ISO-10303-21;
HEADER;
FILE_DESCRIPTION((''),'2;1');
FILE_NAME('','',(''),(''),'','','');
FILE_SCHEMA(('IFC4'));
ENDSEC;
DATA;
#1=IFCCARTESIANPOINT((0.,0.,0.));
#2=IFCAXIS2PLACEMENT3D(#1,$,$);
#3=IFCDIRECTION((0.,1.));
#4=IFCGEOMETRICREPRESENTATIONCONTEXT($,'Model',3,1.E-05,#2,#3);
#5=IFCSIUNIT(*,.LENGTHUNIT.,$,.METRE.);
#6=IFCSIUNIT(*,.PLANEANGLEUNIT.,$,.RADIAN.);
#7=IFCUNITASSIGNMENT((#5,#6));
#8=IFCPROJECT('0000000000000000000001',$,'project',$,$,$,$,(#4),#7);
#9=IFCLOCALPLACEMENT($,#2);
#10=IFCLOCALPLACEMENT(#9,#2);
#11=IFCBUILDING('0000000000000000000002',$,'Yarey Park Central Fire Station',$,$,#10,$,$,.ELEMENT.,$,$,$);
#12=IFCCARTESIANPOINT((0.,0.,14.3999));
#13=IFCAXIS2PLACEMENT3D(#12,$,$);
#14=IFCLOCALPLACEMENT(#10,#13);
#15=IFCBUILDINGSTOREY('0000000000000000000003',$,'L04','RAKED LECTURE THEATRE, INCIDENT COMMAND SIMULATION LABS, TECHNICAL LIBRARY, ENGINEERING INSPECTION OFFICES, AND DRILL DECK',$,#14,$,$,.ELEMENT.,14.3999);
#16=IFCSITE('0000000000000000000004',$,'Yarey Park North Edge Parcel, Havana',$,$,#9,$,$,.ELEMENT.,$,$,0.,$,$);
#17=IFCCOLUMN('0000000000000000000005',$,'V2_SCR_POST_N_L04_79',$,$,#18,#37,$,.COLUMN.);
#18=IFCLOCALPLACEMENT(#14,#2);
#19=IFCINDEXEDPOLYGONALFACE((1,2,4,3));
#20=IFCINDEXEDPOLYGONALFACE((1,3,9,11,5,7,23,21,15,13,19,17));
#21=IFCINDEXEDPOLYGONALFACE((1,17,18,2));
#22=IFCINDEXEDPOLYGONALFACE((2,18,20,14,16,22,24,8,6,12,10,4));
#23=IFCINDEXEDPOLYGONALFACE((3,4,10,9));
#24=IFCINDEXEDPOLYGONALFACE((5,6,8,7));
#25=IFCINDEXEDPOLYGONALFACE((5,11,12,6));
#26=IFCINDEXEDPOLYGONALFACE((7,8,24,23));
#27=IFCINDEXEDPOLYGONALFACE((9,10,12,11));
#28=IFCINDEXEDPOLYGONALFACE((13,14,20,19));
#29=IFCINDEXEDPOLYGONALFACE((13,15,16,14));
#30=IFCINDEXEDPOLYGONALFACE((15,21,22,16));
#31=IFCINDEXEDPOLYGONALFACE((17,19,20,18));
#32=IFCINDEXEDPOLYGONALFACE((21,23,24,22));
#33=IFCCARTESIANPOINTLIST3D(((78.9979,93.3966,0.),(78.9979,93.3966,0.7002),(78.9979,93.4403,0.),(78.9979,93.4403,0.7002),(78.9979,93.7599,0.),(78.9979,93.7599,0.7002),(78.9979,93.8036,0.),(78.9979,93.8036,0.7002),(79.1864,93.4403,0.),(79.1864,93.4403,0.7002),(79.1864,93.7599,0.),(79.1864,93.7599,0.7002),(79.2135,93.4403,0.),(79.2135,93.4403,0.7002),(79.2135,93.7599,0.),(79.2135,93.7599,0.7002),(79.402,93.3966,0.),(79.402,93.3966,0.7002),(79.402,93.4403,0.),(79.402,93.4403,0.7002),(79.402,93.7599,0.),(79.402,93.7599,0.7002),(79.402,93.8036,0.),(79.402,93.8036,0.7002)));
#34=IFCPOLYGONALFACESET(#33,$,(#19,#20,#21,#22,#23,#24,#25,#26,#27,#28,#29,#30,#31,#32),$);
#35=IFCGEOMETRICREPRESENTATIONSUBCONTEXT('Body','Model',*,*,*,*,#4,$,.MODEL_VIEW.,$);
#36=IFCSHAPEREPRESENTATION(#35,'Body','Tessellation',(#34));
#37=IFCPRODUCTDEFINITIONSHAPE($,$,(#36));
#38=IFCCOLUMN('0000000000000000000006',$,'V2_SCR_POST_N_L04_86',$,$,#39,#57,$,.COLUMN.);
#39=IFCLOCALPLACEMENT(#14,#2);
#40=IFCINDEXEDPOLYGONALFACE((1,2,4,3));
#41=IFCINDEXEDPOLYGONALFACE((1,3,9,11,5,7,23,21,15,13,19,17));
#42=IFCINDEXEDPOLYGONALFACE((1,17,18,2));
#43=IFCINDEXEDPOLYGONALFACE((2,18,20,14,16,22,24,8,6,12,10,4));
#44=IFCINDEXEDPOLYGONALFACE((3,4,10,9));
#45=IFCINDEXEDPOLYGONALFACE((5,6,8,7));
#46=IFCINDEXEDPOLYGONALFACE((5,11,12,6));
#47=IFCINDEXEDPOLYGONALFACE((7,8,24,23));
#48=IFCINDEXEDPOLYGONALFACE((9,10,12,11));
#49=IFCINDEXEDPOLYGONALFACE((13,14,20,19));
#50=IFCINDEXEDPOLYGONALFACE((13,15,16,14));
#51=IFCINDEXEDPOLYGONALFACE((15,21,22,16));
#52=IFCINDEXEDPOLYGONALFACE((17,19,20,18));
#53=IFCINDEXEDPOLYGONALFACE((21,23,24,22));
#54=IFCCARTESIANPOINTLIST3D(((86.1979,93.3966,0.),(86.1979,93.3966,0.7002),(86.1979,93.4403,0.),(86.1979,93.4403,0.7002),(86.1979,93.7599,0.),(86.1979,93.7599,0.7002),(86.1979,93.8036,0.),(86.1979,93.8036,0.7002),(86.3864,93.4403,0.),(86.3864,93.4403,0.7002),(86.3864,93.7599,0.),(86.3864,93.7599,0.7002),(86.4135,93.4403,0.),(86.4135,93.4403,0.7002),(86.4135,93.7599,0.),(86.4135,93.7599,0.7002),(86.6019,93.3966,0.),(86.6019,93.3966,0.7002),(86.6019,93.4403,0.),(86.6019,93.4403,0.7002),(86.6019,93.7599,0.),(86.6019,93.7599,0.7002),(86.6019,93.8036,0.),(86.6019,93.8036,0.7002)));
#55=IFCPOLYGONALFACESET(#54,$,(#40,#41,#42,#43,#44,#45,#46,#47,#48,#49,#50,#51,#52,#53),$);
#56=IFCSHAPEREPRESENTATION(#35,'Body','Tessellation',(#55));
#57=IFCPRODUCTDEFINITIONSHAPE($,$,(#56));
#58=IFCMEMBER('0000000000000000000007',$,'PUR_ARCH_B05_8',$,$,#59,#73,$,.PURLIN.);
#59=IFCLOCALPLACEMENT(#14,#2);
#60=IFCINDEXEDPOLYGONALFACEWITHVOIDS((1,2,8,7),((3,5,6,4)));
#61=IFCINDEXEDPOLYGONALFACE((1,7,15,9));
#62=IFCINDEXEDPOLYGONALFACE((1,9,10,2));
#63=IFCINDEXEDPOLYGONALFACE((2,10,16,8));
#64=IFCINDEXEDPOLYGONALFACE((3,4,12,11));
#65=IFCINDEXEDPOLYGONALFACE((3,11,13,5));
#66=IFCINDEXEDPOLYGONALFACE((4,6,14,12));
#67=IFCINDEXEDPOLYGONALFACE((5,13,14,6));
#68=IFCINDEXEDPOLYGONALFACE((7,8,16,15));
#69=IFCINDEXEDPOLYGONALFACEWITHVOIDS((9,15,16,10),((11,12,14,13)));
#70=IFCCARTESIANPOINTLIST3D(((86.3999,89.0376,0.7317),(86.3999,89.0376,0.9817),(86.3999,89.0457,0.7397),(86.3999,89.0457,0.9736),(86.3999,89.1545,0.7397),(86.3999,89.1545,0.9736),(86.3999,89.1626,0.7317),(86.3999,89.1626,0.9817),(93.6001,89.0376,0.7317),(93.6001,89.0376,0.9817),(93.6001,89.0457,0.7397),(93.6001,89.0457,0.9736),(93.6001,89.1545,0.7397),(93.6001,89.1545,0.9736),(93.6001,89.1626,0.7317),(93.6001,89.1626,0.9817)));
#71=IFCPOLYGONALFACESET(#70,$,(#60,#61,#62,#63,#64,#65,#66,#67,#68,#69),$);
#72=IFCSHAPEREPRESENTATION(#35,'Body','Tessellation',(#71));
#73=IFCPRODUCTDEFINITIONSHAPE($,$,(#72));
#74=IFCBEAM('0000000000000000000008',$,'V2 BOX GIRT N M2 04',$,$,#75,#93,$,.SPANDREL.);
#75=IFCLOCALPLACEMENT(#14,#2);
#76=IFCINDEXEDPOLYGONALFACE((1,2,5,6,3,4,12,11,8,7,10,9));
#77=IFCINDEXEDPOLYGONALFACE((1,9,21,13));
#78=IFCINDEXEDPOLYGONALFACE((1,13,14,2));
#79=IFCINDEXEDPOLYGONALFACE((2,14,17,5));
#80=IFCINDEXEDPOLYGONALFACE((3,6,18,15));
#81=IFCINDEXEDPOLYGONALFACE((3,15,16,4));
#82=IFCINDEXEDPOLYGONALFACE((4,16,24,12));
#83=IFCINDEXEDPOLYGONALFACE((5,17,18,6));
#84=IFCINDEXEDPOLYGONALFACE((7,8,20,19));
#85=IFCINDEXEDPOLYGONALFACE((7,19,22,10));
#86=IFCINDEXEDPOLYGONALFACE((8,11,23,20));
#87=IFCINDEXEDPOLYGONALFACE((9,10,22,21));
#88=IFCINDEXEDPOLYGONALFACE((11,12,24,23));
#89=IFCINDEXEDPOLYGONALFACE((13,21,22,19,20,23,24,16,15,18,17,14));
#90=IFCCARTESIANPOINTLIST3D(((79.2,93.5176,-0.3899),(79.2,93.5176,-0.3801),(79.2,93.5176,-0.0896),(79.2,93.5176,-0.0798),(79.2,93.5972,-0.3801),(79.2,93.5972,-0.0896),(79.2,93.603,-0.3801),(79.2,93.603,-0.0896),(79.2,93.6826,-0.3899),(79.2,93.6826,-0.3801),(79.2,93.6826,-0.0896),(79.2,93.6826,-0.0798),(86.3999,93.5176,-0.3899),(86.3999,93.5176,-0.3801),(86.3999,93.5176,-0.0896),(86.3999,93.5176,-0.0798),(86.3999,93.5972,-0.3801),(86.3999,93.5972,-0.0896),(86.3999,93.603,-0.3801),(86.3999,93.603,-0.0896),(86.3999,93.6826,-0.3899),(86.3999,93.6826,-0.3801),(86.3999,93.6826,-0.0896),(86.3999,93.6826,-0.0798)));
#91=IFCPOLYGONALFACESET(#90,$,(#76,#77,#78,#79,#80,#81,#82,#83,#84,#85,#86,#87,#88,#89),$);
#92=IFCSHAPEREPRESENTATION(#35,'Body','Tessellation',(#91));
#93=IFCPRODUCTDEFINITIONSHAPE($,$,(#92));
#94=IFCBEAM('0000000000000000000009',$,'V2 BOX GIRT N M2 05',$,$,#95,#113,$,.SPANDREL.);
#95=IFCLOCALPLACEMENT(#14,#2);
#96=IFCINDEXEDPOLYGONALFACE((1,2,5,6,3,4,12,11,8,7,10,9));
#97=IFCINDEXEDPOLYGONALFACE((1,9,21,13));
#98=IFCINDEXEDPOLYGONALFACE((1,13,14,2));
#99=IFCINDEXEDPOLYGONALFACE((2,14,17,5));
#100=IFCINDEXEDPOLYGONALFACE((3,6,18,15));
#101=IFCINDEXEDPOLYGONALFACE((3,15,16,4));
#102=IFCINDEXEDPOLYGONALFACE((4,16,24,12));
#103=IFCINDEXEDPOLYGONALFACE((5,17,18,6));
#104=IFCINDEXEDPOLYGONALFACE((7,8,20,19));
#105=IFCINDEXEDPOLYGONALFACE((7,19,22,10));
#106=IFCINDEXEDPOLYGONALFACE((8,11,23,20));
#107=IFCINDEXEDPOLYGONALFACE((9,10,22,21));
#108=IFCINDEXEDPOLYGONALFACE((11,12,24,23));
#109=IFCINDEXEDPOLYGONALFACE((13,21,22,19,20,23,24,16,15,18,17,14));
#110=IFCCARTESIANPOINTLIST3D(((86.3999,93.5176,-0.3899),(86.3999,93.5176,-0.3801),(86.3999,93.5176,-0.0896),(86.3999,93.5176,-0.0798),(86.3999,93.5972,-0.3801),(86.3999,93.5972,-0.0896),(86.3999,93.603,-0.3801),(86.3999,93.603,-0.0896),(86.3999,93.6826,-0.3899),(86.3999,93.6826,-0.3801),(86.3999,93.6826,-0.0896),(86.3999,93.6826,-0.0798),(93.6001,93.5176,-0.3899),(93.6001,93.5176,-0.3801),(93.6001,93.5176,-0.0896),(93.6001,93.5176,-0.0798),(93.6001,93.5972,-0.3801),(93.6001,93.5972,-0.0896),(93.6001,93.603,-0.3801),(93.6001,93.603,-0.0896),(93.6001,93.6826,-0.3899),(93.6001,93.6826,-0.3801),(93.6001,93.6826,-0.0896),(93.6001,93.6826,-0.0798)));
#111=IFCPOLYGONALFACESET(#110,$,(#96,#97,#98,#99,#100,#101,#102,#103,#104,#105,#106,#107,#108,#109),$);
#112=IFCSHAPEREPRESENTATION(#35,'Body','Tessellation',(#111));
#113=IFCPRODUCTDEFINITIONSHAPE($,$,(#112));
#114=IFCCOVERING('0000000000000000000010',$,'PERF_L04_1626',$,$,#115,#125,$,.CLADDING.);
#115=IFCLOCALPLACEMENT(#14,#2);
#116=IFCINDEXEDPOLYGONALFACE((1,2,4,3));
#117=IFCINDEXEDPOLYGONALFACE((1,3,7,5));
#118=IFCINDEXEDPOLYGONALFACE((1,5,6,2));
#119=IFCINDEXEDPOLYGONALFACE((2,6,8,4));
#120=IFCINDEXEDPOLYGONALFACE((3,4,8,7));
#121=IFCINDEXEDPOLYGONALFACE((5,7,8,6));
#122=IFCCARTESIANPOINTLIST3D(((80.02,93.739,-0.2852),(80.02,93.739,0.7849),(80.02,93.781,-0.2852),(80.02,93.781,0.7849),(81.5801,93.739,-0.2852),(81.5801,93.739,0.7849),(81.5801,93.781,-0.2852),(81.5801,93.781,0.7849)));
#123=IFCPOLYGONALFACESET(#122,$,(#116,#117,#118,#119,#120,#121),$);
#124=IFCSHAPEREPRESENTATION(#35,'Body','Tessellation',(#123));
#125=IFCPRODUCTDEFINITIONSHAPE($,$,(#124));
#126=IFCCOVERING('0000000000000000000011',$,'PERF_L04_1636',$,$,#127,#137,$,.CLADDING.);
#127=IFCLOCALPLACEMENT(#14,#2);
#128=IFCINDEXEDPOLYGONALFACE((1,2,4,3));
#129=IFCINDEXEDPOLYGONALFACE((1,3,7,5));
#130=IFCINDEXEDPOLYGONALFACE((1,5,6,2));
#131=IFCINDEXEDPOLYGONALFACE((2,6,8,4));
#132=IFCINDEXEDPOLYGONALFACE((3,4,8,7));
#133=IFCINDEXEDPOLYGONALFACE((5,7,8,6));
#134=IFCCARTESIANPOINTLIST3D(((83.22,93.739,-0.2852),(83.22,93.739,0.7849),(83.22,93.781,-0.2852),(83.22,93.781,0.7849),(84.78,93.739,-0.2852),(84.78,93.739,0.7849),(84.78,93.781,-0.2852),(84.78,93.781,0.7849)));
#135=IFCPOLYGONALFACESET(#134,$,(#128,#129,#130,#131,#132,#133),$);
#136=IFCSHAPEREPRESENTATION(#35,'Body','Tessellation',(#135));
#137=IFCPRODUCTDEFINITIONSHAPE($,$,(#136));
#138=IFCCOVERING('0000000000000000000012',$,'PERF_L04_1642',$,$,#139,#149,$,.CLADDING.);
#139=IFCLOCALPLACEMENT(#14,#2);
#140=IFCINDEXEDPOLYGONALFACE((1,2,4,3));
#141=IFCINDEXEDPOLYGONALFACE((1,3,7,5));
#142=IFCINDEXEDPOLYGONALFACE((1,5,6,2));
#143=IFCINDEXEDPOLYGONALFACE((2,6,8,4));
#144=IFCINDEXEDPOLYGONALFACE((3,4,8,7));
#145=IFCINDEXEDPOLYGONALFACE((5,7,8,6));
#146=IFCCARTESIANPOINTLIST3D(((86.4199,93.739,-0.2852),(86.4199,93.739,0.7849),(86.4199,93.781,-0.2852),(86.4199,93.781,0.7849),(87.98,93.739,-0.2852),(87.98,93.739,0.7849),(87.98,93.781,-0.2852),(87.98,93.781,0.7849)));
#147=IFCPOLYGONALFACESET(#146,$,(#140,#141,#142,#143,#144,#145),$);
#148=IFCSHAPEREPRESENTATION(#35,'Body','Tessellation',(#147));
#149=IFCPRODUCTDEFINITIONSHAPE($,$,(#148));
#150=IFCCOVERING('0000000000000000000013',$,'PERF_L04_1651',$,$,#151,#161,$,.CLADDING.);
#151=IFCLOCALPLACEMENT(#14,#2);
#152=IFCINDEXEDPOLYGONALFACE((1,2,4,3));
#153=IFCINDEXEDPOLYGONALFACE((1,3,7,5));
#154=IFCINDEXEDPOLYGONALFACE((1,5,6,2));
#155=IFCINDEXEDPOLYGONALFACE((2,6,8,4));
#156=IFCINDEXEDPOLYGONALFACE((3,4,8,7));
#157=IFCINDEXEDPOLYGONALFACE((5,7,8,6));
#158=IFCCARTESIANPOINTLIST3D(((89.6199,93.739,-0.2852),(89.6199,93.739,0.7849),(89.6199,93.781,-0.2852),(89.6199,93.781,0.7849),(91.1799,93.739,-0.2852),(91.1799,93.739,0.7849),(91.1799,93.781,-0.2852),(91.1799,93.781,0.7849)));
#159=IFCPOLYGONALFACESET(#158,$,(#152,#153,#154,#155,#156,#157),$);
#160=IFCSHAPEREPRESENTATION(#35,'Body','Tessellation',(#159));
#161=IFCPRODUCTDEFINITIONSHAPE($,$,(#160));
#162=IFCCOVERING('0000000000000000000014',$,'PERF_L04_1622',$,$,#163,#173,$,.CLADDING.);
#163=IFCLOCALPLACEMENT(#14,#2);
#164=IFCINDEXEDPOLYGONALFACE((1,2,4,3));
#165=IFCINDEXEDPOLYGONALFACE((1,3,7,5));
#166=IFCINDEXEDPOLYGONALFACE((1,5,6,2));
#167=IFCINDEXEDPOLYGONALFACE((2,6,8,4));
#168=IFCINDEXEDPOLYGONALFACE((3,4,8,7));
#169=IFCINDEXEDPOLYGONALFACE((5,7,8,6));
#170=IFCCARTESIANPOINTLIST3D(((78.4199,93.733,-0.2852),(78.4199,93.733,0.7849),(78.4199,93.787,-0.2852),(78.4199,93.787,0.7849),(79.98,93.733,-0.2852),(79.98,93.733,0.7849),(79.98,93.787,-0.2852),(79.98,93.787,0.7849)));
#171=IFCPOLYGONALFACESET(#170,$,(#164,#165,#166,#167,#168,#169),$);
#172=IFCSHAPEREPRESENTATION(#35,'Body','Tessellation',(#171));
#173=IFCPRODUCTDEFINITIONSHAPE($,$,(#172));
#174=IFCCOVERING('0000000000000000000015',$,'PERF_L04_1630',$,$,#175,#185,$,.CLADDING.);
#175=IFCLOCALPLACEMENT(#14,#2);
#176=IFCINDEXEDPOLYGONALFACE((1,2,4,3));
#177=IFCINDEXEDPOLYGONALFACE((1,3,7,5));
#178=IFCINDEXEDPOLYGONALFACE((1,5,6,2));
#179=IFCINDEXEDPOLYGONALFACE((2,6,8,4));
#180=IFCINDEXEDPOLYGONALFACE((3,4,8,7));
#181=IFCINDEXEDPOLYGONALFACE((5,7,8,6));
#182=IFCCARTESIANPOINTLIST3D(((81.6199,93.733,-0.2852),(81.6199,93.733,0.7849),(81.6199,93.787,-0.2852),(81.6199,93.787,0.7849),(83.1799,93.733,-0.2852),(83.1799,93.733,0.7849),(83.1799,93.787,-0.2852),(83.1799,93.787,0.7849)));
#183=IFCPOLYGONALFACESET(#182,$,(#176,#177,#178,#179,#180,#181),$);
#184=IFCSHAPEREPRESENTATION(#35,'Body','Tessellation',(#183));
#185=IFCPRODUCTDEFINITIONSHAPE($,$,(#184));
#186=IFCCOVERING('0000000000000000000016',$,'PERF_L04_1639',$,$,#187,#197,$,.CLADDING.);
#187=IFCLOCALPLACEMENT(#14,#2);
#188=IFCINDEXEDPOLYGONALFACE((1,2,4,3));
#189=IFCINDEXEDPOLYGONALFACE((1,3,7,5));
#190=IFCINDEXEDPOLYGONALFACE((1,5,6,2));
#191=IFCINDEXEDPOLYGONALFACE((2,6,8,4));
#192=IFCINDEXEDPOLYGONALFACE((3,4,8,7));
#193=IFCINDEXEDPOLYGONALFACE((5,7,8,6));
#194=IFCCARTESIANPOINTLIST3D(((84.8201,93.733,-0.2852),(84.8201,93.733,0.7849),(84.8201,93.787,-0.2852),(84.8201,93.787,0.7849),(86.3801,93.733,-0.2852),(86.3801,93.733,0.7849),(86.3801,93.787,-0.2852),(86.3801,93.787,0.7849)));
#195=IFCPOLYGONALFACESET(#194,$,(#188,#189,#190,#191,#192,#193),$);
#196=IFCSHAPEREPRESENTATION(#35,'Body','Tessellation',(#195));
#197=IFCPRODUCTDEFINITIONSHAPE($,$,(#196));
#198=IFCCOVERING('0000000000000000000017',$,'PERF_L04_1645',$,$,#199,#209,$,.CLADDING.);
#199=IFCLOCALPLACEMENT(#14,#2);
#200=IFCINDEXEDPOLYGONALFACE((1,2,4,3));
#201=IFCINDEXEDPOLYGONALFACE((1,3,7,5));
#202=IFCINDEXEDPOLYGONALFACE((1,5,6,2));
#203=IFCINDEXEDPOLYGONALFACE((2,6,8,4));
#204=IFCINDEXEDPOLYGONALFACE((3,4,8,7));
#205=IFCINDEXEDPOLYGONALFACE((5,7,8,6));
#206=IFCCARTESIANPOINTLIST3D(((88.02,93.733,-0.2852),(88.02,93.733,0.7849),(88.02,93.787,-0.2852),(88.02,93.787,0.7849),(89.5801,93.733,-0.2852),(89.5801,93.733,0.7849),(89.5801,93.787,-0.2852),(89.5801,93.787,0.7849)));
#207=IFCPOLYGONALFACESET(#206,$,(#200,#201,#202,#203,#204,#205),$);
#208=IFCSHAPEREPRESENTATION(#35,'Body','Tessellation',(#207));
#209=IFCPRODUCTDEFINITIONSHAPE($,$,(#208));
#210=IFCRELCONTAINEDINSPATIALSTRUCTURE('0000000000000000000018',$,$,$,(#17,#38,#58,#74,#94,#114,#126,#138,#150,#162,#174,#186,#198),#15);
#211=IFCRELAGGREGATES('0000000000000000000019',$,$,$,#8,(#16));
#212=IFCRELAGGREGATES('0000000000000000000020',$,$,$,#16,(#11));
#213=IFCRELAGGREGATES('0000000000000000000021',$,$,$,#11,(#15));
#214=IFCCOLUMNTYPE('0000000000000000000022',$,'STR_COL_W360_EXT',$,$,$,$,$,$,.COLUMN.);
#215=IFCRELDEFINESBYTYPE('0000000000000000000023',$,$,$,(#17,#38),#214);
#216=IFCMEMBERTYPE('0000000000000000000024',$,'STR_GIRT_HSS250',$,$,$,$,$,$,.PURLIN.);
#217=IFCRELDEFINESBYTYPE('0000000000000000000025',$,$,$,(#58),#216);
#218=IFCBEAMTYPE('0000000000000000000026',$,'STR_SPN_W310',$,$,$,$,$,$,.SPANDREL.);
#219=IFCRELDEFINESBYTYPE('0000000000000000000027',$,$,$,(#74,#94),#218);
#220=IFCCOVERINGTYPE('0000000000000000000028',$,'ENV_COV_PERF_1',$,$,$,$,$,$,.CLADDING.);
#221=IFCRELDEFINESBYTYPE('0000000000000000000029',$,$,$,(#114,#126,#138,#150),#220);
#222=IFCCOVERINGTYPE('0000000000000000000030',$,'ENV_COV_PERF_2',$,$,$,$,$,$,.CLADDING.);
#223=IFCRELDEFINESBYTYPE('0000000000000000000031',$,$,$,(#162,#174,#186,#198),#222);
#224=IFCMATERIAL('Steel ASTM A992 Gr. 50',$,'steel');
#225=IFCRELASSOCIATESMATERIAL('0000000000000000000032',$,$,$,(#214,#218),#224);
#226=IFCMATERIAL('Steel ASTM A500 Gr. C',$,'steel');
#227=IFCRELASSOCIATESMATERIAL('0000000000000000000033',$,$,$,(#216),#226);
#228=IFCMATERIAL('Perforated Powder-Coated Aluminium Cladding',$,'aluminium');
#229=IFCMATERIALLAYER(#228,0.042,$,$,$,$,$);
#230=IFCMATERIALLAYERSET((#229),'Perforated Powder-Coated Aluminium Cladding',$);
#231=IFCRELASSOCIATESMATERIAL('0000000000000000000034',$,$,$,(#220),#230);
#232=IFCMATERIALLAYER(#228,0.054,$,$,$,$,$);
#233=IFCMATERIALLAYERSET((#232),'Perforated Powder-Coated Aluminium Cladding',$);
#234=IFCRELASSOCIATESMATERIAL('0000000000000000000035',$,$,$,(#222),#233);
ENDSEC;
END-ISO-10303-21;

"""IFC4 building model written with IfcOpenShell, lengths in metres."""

from ifc_helpers import new_model, si_unit, direction, frame, origin, origin_2d, place, context, subcontext, project, spatial, rectangle, hollow_rectangle, i_section, extrude, material, layer, layer_set, material_profile, profile_set, type_object, element, save


model = new_model("IFC4")

# Units and contexts
model_context = context("Model", 3, precision=1e-05, world=origin(), true_north=direction((0.0, 1.0)))
body_context = subcontext(model_context, "Body", "Model", "MODEL_VIEW")
ifc_project = project(units=[si_unit("LENGTHUNIT", "METRE"), si_unit("PLANEANGLEUNIT", "RADIAN")], contexts=[model_context])

# Site, building, storey
site_placement = place(None, origin())
site = spatial("IfcSite", under=ifc_project, at=site_placement, Name="Yarey Park North Edge Parcel, Havana", CompositionType="ELEMENT", RefElevation=0.0)
building_placement = place(site_placement, origin())
building = spatial("IfcBuilding", under=site, at=building_placement, Name="Yarey Park Central Fire Station", CompositionType="ELEMENT")
storey_placement = place(building_placement, frame((0.0, 0.0, 14.3999)))
storey = spatial("IfcBuildingStorey", under=building, at=storey_placement, Name="L04", Description="RAKED LECTURE THEATRE, INCIDENT COMMAND SIMULATION LABS, TECHNICAL LIBRARY, ENGINEERING INSPECTION OFFICES, AND DRILL DECK", CompositionType="ELEMENT", Elevation=14.3999)

# Columns
ifc_material_1 = material(Name="Steel ASTM A992 Gr. 50", Category="steel")
ifc_material_profile_1 = material_profile(ifc_material_1, i_section(OverallWidth=0.4041, OverallDepth=0.407, WebThickness=0.0271, FlangeThickness=0.0437, at=origin_2d()), Name="W360x347")
ifc_profile_set_1 = profile_set([ifc_material_profile_1], Name="Steel ASTM A992 Gr. 50")
column_type = type_object("IfcColumnType", Name="STR_COL_W360_EXT", PredefinedType="COLUMN", material=ifc_profile_set_1)
for number, where, z_axis, x_axis, name in (
    (1, (79.2, 93.6001, 0.0), (0.0, 0.0, 1.0), (1.0, 0.0, 0.0), "V2_SCR_POST_N_L04_79"),
    (2, (86.3999, 93.6001, 0.0), (0.0, 0.0, 1.0), (1.0, 0.0, 0.0), "V2_SCR_POST_N_L04_86"),
):
    element("IfcColumn", number, at=place(storey_placement, frame(where, z_axis=z_axis, x_axis=x_axis)), inside=storey, type_object=column_type, Name=name, PredefinedType="COLUMN", context=body_context, shape_type="SweptSolid", body=[
        extrude(i_section(OverallWidth=0.4041, OverallDepth=0.407, WebThickness=0.0271, FlangeThickness=0.0437, at=origin_2d()), origin(), (0.0, 0.0, 1.0), 0.7002),
    ])

# Member
ifc_material_2 = material(Name="Steel ASTM A500 Gr. C", Category="steel")
ifc_material_profile_2 = material_profile(ifc_material_2, hollow_rectangle(XDim=0.125, YDim=0.25, WallThickness=0.0081, at=origin_2d()), Name="HSS 250x125x8")
ifc_profile_set_2 = profile_set([ifc_material_profile_2], Name="Steel ASTM A500 Gr. C")
member_type = type_object("IfcMemberType", Name="STR_GIRT_HSS250", PredefinedType="PURLIN", material=ifc_profile_set_2)
member_placement = place(storey_placement, frame((86.3999, 89.1001, 0.8567), z_axis=(1.0, 0.0, 0.0), x_axis=(0.0, 1.0, 0.0)))
element("IfcMember", 3, at=member_placement, inside=storey, type_object=member_type, Name="PUR_ARCH_B05_8", PredefinedType="PURLIN", context=body_context, shape_type="SweptSolid", body=[
    extrude(hollow_rectangle(XDim=0.125, YDim=0.25, WallThickness=0.0081, at=origin_2d()), origin(), (0.0, 0.0, 1.0), 7.2002),
])

# Beams
ifc_material_profile_3 = material_profile(ifc_material_1, i_section(OverallWidth=0.165, OverallDepth=0.3101, WebThickness=0.0059, FlangeThickness=0.0098, at=origin_2d()), Name="W310x39")
ifc_profile_set_3 = profile_set([ifc_material_profile_3], Name="Steel ASTM A992 Gr. 50")
beam_type = type_object("IfcBeamType", Name="STR_SPN_W310", PredefinedType="SPANDREL", material=ifc_profile_set_3)
beam_1_placement = place(storey_placement, frame((79.2, 93.6001, -0.2349), z_axis=(1.0, 0.0, 0.0), x_axis=(0.0, 1.0, 0.0)))
element("IfcBeam", 4, at=beam_1_placement, inside=storey, type_object=beam_type, Name="V2 BOX GIRT N M2 04", PredefinedType="SPANDREL", context=body_context, shape_type="SweptSolid", body=[
    extrude(i_section(OverallWidth=0.165, OverallDepth=0.3101, WebThickness=0.0059, FlangeThickness=0.0098, at=origin_2d()), origin(), (0.0, 0.0, 1.0), 7.2),
])
beam_2_placement = place(storey_placement, frame((86.3999, 93.6001, -0.2349), z_axis=(1.0, 0.0, 0.0), x_axis=(0.0, 1.0, 0.0)))
element("IfcBeam", 5, at=beam_2_placement, inside=storey, type_object=beam_type, Name="V2 BOX GIRT N M2 05", PredefinedType="SPANDREL", context=body_context, shape_type="SweptSolid", body=[
    extrude(i_section(OverallWidth=0.165, OverallDepth=0.3101, WebThickness=0.0059, FlangeThickness=0.0098, at=origin_2d()), origin(), (0.0, 0.0, 1.0), 7.2002),
])

# Coverings
ifc_material_3 = material(Name="Perforated Powder-Coated Aluminium Cladding", Category="aluminium")
ifc_layer_1 = layer(ifc_material_3, 0.042)
ifc_layer_set_1 = layer_set([ifc_layer_1], Name="Perforated Powder-Coated Aluminium Cladding")
covering_type_1 = type_object("IfcCoveringType", Name="ENV_COV_PERF_1", PredefinedType="CLADDING", material=ifc_layer_set_1)
for number, where, z_axis, x_axis, name in (
    (6, (80.8, 93.76, -0.2852), (0.0, 0.0, 1.0), (1.0, 0.0, 0.0), "PERF_L04_1626"),
    (7, (84.0, 93.76, -0.2852), (0.0, 0.0, 1.0), (1.0, 0.0, 0.0), "PERF_L04_1636"),
    (8, (87.2, 93.76, -0.2852), (0.0, 0.0, 1.0), (1.0, 0.0, 0.0), "PERF_L04_1642"),
    (9, (90.3999, 93.76, -0.2852), (0.0, 0.0, 1.0), (1.0, 0.0, 0.0), "PERF_L04_1651"),
):
    element("IfcCovering", number, at=place(storey_placement, frame(where, z_axis=z_axis, x_axis=x_axis)), inside=storey, type_object=covering_type_1, Name=name, PredefinedType="CLADDING", context=body_context, shape_type="SweptSolid", body=[
        extrude(rectangle(XDim=1.5601, YDim=0.042, at=origin_2d()), origin(), (0.0, 0.0, 1.0), 1.0701),
    ])
ifc_layer_2 = layer(ifc_material_3, 0.054)
ifc_layer_set_2 = layer_set([ifc_layer_2], Name="Perforated Powder-Coated Aluminium Cladding")
covering_type_2 = type_object("IfcCoveringType", Name="ENV_COV_PERF_2", PredefinedType="CLADDING", material=ifc_layer_set_2)
for number, where, z_axis, x_axis, name in (
    (10, (79.2, 93.76, -0.2852), (0.0, 0.0, 1.0), (1.0, 0.0, 0.0), "PERF_L04_1622"),
    (11, (82.3999, 93.76, -0.2852), (0.0, 0.0, 1.0), (1.0, 0.0, 0.0), "PERF_L04_1630"),
    (12, (85.6001, 93.76, -0.2852), (0.0, 0.0, 1.0), (1.0, 0.0, 0.0), "PERF_L04_1639"),
    (13, (88.8, 93.76, -0.2852), (0.0, 0.0, 1.0), (1.0, 0.0, 0.0), "PERF_L04_1645"),
):
    element("IfcCovering", number, at=place(storey_placement, frame(where, z_axis=z_axis, x_axis=x_axis)), inside=storey, type_object=covering_type_2, Name=name, PredefinedType="CLADDING", context=body_context, shape_type="SweptSolid", body=[
        extrude(rectangle(XDim=1.5601, YDim=0.054, at=origin_2d()), origin(), (0.0, 0.0, 1.0), 1.0701),
    ])

save(model, "model.ifc")
